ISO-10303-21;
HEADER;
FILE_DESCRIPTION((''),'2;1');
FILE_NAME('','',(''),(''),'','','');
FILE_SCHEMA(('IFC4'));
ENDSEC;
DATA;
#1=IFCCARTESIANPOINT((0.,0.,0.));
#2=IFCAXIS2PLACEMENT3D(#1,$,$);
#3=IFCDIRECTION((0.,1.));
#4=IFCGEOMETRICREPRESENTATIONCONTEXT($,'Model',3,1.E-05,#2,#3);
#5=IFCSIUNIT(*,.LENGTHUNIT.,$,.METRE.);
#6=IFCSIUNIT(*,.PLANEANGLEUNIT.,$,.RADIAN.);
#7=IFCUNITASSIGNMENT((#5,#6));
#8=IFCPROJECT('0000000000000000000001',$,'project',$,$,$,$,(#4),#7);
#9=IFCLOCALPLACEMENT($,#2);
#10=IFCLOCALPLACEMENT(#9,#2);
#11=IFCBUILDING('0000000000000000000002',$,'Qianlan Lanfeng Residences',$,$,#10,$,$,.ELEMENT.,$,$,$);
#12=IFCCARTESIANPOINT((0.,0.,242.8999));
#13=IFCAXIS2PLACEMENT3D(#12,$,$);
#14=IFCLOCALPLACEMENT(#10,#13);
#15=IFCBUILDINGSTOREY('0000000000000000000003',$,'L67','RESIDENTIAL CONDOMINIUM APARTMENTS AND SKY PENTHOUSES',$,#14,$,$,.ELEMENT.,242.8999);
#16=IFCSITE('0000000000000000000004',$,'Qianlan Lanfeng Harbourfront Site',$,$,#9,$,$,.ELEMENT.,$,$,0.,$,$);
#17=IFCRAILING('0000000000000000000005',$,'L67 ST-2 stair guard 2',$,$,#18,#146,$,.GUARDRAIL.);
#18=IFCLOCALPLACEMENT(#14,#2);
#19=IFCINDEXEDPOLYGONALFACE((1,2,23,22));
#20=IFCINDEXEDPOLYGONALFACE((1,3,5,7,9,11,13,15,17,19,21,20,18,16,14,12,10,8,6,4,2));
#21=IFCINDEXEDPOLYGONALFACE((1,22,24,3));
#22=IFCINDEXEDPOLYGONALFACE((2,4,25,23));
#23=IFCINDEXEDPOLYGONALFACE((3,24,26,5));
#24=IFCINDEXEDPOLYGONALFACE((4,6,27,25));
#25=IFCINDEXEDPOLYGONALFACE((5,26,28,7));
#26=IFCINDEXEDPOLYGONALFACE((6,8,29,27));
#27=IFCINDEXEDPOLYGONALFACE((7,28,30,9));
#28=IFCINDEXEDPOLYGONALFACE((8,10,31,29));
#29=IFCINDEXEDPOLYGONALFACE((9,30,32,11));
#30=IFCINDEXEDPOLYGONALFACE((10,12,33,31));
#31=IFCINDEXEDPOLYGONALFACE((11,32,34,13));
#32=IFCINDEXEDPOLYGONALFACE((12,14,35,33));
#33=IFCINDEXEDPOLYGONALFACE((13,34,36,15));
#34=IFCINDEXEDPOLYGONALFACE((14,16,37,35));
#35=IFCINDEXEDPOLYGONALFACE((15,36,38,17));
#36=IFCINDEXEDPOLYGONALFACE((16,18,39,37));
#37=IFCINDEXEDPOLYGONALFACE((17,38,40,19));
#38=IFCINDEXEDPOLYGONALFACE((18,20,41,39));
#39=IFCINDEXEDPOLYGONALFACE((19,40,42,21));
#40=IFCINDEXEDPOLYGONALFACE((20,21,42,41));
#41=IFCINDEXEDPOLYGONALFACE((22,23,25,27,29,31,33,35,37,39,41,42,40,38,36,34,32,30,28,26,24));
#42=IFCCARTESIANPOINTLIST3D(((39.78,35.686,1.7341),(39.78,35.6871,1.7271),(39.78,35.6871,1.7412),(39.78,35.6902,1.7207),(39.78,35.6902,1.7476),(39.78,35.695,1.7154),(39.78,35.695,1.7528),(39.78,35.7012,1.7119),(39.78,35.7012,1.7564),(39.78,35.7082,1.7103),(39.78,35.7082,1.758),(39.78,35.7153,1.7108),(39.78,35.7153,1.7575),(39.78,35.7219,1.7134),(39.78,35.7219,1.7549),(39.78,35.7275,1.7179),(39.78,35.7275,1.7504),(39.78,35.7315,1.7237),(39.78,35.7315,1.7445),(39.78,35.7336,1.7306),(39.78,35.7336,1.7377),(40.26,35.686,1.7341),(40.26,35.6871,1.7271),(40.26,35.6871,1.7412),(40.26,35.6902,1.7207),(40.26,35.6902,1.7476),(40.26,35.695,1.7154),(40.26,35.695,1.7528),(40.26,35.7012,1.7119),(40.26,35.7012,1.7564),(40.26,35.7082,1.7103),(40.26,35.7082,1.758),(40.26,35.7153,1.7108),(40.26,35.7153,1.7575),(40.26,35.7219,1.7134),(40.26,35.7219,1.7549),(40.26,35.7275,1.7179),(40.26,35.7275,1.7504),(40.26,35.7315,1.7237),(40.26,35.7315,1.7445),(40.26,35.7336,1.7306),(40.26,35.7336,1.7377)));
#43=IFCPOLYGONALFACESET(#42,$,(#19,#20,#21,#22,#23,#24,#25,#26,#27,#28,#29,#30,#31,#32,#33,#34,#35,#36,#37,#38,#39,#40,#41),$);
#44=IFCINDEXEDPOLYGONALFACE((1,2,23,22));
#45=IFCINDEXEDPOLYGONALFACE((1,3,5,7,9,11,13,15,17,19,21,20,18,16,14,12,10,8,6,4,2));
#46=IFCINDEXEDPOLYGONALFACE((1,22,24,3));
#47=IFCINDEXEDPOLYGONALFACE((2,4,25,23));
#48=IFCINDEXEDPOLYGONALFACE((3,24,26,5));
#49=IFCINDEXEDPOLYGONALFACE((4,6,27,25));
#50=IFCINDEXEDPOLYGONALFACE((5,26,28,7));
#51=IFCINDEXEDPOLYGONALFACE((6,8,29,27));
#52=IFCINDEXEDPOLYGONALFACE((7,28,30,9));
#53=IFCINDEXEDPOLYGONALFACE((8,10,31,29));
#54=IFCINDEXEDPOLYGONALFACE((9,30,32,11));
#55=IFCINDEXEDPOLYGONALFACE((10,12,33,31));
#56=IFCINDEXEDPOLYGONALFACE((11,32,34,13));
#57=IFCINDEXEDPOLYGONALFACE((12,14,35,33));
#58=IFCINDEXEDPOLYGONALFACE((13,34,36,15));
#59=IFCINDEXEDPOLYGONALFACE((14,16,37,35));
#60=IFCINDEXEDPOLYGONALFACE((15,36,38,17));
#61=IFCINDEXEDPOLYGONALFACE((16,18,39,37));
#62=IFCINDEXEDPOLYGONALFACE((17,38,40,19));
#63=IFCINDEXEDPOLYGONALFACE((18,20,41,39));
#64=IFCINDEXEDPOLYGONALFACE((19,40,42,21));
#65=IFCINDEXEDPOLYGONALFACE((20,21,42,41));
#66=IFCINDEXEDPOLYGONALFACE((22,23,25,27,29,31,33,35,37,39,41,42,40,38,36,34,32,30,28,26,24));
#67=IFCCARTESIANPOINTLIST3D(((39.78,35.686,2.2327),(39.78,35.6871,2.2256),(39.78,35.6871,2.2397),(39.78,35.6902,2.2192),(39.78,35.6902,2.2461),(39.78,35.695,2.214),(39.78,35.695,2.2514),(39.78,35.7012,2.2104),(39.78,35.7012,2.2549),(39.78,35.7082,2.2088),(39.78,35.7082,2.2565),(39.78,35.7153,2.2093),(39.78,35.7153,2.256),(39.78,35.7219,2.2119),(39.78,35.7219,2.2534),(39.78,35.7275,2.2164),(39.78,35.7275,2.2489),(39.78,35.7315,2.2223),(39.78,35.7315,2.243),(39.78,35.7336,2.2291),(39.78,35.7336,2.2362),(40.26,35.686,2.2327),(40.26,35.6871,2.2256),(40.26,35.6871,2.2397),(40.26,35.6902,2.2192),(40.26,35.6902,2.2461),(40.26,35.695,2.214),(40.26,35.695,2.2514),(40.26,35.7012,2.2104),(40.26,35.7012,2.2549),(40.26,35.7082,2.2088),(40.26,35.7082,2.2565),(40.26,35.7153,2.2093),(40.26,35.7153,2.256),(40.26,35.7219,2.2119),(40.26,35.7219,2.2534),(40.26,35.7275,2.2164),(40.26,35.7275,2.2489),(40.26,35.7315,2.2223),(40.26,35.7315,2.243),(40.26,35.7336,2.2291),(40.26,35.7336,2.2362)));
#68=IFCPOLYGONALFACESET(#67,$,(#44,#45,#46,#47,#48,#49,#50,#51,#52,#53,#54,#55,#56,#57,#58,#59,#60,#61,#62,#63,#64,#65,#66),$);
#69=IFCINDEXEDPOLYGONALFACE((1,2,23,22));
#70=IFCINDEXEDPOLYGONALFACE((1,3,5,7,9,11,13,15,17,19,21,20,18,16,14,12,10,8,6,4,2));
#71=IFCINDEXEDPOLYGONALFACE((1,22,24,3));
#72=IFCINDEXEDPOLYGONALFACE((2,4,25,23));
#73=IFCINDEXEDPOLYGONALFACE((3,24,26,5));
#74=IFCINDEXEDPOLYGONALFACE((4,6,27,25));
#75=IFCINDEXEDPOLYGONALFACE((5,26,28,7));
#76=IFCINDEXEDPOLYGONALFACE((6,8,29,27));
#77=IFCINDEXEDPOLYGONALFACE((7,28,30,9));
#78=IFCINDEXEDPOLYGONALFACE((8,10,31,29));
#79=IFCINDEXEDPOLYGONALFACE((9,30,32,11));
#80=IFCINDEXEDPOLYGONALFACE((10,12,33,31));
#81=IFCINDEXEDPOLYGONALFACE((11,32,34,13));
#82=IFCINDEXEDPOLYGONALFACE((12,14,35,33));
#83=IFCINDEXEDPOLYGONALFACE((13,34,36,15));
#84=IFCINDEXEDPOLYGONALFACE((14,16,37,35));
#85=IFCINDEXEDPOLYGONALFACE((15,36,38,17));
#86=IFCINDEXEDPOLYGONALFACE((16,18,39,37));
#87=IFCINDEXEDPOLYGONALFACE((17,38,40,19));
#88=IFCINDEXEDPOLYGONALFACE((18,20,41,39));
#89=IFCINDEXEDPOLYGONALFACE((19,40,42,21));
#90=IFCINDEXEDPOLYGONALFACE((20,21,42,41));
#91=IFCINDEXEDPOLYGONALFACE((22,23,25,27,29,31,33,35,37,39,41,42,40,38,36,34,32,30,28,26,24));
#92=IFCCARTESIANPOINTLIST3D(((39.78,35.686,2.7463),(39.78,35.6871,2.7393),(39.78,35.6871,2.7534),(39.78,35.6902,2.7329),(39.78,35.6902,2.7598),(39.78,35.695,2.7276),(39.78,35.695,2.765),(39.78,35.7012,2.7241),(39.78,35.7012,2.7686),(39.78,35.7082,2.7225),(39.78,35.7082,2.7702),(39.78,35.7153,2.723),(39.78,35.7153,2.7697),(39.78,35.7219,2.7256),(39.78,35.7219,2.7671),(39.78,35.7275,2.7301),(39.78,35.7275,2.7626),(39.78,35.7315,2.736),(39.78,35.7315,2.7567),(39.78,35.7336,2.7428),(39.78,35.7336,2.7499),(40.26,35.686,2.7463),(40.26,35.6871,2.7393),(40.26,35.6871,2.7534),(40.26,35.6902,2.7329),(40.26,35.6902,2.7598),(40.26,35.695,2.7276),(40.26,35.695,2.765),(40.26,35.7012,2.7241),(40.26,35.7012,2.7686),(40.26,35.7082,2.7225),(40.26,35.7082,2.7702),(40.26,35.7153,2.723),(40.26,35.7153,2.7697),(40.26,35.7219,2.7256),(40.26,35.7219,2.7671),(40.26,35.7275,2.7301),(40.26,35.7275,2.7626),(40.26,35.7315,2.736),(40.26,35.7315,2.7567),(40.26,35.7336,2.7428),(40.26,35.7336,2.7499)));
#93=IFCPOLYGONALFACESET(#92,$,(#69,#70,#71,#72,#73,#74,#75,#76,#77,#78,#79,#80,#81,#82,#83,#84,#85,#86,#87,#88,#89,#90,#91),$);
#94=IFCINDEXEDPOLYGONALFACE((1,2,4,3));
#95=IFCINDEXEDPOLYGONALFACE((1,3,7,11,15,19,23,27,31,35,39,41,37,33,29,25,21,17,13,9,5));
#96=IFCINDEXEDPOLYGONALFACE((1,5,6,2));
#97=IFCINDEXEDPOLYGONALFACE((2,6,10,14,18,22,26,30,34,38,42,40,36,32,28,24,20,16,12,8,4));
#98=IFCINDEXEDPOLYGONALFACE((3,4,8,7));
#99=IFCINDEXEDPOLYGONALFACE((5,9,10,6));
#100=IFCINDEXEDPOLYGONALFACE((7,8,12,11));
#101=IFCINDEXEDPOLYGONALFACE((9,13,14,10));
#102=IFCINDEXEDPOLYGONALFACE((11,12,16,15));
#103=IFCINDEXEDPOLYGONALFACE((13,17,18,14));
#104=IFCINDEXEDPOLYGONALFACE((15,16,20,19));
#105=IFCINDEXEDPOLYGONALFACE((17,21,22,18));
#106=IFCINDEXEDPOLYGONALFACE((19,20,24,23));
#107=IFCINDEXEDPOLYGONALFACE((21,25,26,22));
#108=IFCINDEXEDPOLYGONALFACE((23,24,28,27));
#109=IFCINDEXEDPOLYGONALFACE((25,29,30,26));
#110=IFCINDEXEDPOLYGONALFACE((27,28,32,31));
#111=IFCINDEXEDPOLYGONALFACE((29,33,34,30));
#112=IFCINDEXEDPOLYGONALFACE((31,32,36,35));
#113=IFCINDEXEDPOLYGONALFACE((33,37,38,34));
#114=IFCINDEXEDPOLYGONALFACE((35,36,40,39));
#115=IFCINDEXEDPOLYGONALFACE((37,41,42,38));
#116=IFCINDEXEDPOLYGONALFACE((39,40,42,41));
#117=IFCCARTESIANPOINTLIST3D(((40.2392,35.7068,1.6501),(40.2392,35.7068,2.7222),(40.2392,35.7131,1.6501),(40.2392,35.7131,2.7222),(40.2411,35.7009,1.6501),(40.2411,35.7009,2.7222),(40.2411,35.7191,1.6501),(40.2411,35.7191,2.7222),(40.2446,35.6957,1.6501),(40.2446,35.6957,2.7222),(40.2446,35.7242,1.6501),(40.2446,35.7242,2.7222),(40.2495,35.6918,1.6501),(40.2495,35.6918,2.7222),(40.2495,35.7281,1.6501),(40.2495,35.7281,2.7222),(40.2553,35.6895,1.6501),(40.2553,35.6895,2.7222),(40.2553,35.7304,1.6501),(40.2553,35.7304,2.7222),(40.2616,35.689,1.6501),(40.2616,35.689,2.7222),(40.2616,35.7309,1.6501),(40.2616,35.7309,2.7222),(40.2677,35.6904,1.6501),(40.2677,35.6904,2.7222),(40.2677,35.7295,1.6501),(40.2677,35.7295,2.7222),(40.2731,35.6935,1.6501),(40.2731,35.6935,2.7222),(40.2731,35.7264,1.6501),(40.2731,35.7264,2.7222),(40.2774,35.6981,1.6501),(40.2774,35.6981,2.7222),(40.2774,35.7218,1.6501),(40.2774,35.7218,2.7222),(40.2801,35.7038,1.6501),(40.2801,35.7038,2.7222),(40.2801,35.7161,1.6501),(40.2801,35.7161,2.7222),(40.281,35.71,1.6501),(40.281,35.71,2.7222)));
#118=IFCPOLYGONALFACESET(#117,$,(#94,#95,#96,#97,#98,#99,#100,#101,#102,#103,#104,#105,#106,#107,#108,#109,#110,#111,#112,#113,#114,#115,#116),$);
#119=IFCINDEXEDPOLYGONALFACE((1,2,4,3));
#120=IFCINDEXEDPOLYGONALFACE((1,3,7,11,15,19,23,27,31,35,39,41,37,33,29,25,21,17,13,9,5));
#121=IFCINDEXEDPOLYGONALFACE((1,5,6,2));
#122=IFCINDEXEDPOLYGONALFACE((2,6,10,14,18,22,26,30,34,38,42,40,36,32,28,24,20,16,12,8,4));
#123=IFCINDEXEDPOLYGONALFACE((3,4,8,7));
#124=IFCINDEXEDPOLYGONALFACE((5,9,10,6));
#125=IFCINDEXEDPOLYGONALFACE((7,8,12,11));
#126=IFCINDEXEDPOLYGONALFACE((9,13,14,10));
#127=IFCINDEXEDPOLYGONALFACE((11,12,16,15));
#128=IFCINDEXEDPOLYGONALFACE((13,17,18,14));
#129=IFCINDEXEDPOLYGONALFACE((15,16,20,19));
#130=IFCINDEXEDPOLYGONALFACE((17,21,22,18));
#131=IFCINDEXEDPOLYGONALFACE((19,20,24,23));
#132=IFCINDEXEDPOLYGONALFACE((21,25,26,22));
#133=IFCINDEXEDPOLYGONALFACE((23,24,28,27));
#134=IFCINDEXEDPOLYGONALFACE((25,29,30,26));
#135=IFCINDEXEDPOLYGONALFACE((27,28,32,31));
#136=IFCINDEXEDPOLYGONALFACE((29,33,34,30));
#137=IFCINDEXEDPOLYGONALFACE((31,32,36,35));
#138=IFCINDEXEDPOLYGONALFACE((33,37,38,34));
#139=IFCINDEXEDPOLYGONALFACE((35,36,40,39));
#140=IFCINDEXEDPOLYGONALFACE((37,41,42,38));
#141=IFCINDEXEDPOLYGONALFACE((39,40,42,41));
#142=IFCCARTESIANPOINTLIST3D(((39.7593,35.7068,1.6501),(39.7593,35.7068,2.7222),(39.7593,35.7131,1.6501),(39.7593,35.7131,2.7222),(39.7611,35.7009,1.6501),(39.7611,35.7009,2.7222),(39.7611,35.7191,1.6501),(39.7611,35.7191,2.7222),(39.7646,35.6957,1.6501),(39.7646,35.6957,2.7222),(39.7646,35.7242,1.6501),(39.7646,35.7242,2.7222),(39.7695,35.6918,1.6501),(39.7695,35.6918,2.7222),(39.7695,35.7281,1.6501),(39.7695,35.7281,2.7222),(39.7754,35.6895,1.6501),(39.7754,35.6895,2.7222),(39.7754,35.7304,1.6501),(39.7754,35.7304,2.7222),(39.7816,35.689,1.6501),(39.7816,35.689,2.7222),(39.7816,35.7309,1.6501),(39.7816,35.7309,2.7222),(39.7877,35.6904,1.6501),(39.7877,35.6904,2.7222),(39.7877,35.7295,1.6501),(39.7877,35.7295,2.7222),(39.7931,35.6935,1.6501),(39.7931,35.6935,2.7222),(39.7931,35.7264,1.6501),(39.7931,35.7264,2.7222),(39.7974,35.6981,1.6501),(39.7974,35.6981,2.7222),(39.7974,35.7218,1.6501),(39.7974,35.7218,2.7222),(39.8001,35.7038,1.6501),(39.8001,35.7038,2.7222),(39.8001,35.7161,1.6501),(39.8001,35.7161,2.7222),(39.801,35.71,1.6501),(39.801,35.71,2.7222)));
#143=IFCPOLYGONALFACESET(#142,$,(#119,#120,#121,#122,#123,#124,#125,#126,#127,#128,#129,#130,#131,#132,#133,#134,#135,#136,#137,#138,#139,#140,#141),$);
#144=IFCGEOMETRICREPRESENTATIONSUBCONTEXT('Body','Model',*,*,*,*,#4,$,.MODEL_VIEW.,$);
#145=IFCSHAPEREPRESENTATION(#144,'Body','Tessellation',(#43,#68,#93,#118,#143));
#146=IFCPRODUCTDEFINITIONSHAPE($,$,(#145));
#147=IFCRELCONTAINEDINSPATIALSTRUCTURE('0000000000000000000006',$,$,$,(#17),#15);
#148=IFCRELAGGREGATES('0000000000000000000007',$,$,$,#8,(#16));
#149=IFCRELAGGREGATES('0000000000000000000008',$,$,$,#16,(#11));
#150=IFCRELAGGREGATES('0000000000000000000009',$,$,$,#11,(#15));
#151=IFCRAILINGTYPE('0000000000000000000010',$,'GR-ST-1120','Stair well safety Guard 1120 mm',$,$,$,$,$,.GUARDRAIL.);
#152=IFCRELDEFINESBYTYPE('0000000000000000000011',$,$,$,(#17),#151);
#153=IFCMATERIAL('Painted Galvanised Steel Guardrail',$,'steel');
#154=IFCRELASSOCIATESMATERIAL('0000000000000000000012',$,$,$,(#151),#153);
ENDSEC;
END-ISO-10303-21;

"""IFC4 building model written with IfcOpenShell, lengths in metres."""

from ifc_helpers import new_model, si_unit, direction, frame, origin, origin_2d, place, context, subcontext, project, spatial, circle, extrude, material, type_object, element, save


model = new_model("IFC4")

# Units and contexts
model_context = context("Model", 3, precision=1e-05, world=origin(), true_north=direction((0.0, 1.0)))
body_context = subcontext(model_context, "Body", "Model", "MODEL_VIEW")
ifc_project = project(units=[si_unit("LENGTHUNIT", "METRE"), si_unit("PLANEANGLEUNIT", "RADIAN")], contexts=[model_context])

# Site, building, storey
site_placement = place(None, origin())
site = spatial("IfcSite", under=ifc_project, at=site_placement, Name="Qianlan Lanfeng Harbourfront Site", CompositionType="ELEMENT", RefElevation=0.0)
building_placement = place(site_placement, origin())
building = spatial("IfcBuilding", under=site, at=building_placement, Name="Qianlan Lanfeng Residences", CompositionType="ELEMENT")
storey_placement = place(building_placement, frame((0.0, 0.0, 242.8999)))
storey = spatial("IfcBuildingStorey", under=building, at=storey_placement, Name="L67", Description="RESIDENTIAL CONDOMINIUM APARTMENTS AND SKY PENTHOUSES", CompositionType="ELEMENT", Elevation=242.8999)

# Railing
ifc_material_1 = material(Name="Painted Galvanised Steel Guardrail", Category="steel")
railing_type_1 = type_object("IfcRailingType", Name="GR-ST-1120", Description="Stair well safety Guard 1120 mm", PredefinedType="GUARDRAIL", material=ifc_material_1)
railing_1_placement = place(storey_placement, frame((40.26, 35.71, 1.6501)))
element("IfcRailing", 1, at=railing_1_placement, inside=storey, type_object=railing_type_1, Name="L67 ST-2 stair guard 2", PredefinedType="GUARDRAIL", context=body_context, shape_type="SweptSolid", body=[
    extrude(circle(Radius=0.0239, at=origin_2d()), frame((0.0, 0.0, 0.084), z_axis=(-1.0, 0.0, 0.0), x_axis=(0.0, -1.0, 0.0)), (0.0, 0.0, 1.0), 0.48),
    extrude(circle(Radius=0.0239, at=origin_2d()), frame((0.0, 0.0, 0.5825), z_axis=(-1.0, 0.0, 0.0), x_axis=(0.0, -1.0, 0.0)), (0.0, 0.0, 1.0), 0.48),
    extrude(circle(Radius=0.0239, at=origin_2d()), frame((0.0, 0.0, 1.0962), z_axis=(-1.0, 0.0, 0.0), x_axis=(0.0, -1.0, 0.0)), (0.0, 0.0, 1.0), 0.48),
    extrude(circle(Radius=0.021, at=origin_2d()), origin(), (0.0, 0.0, 1.0), 1.072),
    extrude(circle(Radius=0.021, at=origin_2d()), frame((-0.48, 0.0, 0.0)), (0.0, 0.0, 1.0), 1.072),
])

save(model, "model.ifc")
